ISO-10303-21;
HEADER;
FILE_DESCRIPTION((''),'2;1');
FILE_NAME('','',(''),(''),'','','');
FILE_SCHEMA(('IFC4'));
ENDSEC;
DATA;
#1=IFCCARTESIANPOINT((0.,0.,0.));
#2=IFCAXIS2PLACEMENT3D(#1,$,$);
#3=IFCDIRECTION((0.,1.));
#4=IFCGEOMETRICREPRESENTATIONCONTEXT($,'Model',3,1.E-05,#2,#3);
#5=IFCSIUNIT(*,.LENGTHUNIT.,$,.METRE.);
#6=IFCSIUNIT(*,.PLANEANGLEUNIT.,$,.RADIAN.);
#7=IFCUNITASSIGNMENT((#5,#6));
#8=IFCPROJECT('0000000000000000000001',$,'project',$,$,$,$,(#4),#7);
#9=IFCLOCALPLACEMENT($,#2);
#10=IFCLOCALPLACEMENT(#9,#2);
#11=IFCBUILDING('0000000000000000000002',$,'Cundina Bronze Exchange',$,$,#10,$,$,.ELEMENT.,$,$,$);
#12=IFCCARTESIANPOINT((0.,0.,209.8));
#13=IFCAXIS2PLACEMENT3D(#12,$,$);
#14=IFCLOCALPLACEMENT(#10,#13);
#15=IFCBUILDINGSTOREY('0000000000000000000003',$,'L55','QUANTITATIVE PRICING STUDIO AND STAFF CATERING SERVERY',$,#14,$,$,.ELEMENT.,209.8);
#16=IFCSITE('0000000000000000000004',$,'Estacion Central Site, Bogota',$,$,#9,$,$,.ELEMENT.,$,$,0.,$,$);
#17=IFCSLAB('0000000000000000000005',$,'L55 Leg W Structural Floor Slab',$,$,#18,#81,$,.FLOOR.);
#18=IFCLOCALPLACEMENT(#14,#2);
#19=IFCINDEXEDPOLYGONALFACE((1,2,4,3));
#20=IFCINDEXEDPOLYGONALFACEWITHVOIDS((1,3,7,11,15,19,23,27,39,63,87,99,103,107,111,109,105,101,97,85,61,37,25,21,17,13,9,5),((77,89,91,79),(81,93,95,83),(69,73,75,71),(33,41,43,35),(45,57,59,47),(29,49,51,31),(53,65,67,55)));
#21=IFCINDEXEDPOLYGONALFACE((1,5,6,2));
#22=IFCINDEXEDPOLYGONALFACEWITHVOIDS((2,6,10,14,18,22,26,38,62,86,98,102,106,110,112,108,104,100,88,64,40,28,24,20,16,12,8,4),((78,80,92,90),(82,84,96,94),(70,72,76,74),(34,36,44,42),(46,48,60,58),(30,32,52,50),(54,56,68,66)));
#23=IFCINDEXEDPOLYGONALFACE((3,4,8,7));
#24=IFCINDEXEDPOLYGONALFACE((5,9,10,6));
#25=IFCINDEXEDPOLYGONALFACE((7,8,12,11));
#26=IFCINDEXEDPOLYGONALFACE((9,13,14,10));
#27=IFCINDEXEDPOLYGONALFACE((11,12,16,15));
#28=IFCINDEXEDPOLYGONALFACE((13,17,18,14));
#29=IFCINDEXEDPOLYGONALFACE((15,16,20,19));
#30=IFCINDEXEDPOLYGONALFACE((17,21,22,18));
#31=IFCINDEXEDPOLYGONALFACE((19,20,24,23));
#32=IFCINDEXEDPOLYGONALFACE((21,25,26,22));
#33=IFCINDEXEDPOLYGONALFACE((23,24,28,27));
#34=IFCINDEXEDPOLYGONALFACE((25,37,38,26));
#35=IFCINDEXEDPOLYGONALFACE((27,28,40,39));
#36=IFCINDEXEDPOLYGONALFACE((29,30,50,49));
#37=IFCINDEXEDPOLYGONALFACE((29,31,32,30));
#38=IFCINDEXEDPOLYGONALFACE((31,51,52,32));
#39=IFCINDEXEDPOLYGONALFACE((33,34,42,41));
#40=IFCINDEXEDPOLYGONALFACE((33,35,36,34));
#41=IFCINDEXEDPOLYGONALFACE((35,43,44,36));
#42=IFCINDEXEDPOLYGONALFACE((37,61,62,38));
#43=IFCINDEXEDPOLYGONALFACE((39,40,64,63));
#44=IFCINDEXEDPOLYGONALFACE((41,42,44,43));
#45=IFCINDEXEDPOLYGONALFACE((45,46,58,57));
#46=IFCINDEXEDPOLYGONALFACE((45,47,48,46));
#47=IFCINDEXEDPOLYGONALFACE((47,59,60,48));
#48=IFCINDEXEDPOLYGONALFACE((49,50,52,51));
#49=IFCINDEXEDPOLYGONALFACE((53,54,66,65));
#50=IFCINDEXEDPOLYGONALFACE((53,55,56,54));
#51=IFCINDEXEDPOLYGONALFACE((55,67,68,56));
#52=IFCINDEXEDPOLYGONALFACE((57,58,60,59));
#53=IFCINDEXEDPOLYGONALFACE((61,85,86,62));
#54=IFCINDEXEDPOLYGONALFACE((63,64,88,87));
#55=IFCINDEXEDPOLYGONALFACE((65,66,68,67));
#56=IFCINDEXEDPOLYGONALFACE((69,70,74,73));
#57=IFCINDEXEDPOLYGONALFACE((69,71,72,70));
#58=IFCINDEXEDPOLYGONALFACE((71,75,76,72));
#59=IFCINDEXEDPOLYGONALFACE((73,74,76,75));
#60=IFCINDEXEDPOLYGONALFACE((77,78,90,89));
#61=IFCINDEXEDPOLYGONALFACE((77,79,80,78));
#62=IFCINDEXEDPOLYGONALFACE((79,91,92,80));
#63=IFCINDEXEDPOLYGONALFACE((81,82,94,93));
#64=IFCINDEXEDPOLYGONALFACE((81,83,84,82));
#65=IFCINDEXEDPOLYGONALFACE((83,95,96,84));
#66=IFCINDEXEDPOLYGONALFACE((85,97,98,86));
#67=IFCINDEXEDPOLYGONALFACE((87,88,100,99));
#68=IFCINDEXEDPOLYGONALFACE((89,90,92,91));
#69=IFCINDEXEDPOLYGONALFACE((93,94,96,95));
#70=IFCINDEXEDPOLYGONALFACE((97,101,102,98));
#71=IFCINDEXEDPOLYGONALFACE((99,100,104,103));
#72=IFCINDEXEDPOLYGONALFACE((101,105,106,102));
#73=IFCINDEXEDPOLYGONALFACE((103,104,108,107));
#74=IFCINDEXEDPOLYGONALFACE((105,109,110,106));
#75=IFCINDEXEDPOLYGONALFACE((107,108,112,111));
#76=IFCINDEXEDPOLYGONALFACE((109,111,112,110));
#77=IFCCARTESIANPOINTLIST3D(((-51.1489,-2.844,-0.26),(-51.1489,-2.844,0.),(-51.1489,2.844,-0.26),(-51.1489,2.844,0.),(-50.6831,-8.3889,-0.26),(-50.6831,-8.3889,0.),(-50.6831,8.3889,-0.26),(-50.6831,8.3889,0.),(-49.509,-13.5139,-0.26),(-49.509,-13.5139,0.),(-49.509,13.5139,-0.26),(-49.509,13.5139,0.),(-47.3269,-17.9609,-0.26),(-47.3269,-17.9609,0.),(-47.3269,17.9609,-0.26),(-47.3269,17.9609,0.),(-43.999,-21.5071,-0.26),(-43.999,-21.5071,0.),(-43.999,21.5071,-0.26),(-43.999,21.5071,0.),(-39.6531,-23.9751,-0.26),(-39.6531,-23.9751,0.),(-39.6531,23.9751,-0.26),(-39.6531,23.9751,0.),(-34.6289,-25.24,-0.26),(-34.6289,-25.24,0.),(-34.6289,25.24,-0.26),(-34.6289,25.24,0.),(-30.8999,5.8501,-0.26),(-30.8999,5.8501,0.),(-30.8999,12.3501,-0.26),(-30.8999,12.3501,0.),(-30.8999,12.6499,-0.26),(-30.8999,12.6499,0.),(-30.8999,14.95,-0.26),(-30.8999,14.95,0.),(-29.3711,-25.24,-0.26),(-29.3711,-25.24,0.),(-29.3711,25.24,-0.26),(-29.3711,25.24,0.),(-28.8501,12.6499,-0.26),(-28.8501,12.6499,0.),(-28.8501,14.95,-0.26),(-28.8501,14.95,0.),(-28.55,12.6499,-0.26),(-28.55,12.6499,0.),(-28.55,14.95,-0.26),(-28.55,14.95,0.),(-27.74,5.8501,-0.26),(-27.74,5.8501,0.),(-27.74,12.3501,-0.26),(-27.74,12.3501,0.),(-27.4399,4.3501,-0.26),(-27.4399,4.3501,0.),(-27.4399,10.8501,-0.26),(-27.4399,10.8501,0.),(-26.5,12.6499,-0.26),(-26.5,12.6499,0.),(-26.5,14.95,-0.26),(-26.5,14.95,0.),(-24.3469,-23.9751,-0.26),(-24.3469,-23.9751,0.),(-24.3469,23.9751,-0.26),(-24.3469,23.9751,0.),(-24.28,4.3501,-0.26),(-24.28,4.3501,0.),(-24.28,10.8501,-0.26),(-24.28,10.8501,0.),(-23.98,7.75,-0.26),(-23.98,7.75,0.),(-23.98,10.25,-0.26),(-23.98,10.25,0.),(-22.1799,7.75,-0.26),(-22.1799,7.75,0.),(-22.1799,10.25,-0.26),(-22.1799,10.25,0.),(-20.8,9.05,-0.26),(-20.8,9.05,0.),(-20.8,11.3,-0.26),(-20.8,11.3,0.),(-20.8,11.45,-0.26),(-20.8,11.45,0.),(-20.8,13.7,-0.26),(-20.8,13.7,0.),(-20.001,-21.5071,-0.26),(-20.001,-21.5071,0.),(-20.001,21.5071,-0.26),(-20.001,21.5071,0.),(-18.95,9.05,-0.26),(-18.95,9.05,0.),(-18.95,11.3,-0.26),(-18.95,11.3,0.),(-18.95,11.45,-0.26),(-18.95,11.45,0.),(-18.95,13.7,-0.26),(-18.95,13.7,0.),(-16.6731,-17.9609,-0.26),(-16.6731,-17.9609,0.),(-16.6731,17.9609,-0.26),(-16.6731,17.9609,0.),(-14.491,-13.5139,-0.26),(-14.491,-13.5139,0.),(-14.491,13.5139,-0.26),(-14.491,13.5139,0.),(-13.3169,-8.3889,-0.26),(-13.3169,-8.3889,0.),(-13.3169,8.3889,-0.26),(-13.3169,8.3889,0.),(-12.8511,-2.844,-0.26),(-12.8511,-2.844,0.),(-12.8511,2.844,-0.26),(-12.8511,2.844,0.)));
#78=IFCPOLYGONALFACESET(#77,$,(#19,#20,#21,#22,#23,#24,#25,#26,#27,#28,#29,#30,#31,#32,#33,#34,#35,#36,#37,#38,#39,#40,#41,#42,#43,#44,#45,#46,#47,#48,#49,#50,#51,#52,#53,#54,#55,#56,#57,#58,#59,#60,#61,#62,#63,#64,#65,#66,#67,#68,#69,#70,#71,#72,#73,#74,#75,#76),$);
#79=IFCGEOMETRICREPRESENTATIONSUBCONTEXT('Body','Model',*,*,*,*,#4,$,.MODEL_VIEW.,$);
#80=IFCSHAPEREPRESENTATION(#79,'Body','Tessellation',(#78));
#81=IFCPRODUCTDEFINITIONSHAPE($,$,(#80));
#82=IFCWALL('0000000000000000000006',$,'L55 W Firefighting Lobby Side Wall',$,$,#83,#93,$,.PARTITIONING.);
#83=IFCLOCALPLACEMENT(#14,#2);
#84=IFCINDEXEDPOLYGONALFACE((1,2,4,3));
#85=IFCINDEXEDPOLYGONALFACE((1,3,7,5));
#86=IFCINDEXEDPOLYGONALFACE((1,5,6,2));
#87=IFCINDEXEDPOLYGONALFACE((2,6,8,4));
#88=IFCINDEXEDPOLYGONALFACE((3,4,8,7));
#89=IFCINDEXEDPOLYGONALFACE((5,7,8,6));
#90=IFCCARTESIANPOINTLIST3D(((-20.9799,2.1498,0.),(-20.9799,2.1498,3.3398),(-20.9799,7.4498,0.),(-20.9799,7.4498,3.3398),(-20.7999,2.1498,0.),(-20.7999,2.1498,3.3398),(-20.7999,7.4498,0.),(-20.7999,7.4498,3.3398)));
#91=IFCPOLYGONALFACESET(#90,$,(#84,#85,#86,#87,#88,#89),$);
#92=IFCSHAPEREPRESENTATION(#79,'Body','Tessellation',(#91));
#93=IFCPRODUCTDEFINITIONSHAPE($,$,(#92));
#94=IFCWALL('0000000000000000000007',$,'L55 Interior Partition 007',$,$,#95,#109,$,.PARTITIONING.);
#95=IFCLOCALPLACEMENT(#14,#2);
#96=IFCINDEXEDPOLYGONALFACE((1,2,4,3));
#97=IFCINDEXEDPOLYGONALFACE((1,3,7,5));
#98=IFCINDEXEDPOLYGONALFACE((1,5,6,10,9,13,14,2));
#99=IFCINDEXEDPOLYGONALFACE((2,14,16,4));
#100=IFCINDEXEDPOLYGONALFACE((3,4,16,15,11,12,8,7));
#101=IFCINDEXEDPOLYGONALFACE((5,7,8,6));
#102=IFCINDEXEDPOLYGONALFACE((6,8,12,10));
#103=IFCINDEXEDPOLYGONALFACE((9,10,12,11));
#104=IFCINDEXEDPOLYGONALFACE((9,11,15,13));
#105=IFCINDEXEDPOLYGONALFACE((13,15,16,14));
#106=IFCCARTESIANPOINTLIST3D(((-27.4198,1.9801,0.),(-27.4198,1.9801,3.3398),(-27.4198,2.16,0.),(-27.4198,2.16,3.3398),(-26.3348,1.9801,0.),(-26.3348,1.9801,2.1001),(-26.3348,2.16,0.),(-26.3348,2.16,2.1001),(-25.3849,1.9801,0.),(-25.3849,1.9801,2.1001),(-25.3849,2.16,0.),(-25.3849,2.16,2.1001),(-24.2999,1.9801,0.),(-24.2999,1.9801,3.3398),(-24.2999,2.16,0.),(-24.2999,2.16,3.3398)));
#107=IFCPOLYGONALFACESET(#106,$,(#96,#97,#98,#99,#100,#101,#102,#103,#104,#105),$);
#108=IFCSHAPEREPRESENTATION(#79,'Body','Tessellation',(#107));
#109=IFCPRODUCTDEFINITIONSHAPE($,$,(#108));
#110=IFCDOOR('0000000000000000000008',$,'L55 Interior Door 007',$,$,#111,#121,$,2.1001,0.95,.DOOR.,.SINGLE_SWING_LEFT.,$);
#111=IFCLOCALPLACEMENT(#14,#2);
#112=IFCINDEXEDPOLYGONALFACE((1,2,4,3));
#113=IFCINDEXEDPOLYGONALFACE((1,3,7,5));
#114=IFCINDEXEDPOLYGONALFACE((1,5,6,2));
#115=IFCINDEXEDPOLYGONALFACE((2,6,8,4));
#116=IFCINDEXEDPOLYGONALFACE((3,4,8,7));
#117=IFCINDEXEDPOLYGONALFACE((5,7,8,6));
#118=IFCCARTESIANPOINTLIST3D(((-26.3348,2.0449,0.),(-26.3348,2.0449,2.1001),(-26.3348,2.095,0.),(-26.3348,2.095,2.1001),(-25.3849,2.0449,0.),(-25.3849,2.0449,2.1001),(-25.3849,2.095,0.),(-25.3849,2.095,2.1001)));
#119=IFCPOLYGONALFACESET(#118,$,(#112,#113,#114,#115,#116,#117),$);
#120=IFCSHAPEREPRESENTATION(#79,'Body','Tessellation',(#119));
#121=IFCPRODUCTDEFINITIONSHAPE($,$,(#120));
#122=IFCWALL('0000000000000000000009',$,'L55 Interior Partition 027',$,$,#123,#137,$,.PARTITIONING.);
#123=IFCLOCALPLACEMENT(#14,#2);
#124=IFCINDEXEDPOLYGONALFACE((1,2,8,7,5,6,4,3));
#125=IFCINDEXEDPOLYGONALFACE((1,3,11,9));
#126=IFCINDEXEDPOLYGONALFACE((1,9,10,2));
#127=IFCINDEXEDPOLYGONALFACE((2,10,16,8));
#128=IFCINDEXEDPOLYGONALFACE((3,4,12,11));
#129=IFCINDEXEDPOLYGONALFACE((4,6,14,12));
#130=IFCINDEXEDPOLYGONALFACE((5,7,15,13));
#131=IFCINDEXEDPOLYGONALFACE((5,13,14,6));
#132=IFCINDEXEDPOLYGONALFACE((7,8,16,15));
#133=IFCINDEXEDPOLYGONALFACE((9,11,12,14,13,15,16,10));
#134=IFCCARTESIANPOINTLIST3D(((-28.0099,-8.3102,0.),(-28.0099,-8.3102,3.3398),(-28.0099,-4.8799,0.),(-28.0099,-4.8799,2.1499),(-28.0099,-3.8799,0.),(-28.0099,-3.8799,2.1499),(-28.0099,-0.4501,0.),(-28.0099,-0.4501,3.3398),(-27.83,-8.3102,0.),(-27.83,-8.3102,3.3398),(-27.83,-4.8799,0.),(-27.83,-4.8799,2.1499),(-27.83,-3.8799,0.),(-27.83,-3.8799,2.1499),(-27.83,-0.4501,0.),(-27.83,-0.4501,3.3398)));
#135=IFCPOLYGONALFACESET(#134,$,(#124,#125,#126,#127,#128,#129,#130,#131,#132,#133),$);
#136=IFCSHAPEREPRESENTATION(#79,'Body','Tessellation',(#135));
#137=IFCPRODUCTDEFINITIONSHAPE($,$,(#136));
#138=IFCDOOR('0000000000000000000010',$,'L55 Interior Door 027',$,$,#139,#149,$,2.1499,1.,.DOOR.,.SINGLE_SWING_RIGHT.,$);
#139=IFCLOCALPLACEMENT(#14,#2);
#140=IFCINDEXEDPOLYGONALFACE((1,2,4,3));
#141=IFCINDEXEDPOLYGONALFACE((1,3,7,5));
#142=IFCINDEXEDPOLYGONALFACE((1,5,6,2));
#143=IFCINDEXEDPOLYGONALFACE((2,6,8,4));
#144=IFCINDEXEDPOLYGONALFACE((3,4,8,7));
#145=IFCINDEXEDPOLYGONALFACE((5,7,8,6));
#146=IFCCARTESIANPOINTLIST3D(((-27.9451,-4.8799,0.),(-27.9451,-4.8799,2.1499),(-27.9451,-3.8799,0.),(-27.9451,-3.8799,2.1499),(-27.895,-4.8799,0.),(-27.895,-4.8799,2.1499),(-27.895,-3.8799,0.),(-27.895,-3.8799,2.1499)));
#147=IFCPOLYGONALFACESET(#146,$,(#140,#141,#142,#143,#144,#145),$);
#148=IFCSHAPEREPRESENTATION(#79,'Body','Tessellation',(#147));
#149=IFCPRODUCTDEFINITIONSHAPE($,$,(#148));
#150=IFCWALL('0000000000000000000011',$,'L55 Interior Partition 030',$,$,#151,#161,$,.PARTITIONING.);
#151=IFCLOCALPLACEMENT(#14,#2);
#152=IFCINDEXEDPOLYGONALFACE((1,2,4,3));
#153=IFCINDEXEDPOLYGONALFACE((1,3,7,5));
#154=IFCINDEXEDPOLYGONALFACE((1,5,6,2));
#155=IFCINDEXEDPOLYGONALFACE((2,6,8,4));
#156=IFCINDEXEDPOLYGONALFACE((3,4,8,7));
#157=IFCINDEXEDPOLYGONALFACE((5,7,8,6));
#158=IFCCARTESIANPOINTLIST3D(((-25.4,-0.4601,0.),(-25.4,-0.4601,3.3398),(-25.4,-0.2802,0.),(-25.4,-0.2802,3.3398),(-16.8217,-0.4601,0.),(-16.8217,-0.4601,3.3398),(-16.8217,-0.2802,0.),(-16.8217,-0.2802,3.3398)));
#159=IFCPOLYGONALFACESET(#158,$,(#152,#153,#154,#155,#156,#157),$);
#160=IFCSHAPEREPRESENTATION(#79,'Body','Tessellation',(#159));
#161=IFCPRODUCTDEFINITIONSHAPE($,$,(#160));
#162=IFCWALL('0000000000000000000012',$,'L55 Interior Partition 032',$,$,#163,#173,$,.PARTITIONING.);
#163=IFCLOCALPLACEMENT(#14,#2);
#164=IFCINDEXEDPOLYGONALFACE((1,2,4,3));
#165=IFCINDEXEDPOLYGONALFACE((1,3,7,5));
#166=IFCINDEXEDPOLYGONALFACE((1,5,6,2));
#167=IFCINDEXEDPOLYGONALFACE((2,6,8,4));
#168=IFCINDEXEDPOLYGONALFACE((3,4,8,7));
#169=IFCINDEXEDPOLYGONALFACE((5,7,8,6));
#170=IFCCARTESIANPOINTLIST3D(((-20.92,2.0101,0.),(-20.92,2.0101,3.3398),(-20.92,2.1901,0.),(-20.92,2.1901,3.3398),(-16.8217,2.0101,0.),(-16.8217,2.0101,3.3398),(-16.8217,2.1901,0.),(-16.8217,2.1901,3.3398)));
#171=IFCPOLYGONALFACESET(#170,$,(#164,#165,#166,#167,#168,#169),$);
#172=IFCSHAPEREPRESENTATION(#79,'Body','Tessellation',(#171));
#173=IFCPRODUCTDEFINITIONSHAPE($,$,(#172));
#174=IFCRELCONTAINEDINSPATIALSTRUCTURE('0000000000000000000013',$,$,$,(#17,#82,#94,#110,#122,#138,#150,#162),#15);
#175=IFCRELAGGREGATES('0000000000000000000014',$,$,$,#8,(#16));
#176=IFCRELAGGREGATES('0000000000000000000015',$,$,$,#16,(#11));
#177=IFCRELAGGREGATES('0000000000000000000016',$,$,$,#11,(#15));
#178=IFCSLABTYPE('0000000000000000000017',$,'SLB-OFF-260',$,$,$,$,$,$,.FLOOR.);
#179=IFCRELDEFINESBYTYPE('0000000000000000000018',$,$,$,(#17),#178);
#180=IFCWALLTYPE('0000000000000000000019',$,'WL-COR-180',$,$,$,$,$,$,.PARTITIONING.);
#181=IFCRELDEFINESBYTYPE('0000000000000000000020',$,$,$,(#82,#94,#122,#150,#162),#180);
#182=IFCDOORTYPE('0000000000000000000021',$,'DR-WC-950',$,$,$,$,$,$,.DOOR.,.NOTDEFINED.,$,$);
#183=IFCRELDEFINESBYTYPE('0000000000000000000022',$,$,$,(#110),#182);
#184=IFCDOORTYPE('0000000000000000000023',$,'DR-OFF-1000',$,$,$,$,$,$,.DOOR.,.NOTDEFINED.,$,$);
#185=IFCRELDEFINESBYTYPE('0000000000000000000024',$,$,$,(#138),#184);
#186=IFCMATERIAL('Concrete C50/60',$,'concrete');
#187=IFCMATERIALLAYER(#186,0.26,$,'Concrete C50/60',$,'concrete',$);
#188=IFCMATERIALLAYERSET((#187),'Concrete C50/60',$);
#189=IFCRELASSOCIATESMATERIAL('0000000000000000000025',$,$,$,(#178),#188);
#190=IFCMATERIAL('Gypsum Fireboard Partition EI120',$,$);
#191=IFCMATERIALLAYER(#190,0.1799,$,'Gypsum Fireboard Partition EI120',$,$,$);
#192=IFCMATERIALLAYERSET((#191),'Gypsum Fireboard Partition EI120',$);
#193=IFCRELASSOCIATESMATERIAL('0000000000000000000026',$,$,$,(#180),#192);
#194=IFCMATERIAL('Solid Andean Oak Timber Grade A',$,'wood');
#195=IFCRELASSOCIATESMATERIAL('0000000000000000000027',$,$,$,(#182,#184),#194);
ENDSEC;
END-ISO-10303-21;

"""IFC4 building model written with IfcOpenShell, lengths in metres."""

from ifc_helpers import new_model, si_unit, direction, frame, frame_2d, origin, place, context, subcontext, project, spatial, polyline, rectangle, outline, extrude, material, layer, layer_set, type_object, element, fill, save


model = new_model("IFC4")

# Units and contexts
model_context = context("Model", 3, precision=1e-05, world=origin(), true_north=direction((0.0, 1.0)))
body_context = subcontext(model_context, "Body", "Model", "MODEL_VIEW")
ifc_project = project(units=[si_unit("LENGTHUNIT", "METRE"), si_unit("PLANEANGLEUNIT", "RADIAN")], contexts=[model_context])

# Site, building, storey
site_placement = place(None, origin())
site = spatial("IfcSite", under=ifc_project, at=site_placement, Name="Estacion Central Site, Bogota", CompositionType="ELEMENT", RefElevation=0.0)
building_placement = place(site_placement, origin())
building = spatial("IfcBuilding", under=site, at=building_placement, Name="Cundina Bronze Exchange", CompositionType="ELEMENT")
storey_placement = place(building_placement, frame((0.0, 0.0, 209.8)))
storey = spatial("IfcBuildingStorey", under=building, at=storey_placement, Name="L55", Description="QUANTITATIVE PRICING STUDIO AND STAFF CATERING SERVERY", CompositionType="ELEMENT", Elevation=209.8)

# Shared definitions
ifc_material_1 = material(Name="Concrete C50/60", Category="concrete")

# Slab
ifc_layer_1 = layer(ifc_material_1, 0.26, Name="Concrete C50/60", Category="concrete")
ifc_layer_set_1 = layer_set([ifc_layer_1], Name="Concrete C50/60")
slab_type = type_object("IfcSlabType", Name="SLB-OFF-260", PredefinedType="FLOOR", material=ifc_layer_set_1)
slab_placement = place(storey_placement, frame((0.0, 0.0, -0.26)))
element("IfcSlab", 1, at=slab_placement, inside=storey, type_object=slab_type, Name="L55 Leg W Structural Floor Slab", PredefinedType="FLOOR", context=body_context, shape_type="SweptSolid", body=[
    extrude(outline(polyline([(-12.8511, 2.844), (-13.3169, 8.3889), (-14.491, 13.5139), (-16.6731, 17.9609), (-20.001, 21.5071), (-24.3469, 23.9751), (-29.3711, 25.24), (-34.6289, 25.24), (-39.6531, 23.9751), (-43.999, 21.5071), (-47.3269, 17.9609), (-49.509, 13.5139), (-50.6831, 8.3889), (-51.1489, 2.844), (-51.1489, -2.844), (-50.6831, -8.3889), (-49.509, -13.5139), (-47.3269, -17.9609), (-43.999, -21.5071), (-39.6531, -23.9751), (-34.6289, -25.24), (-29.3711, -25.24), (-24.3469, -23.9751), (-20.001, -21.5071), (-16.6731, -17.9609), (-14.491, -13.5139), (-13.3169, -8.3889), (-12.8511, -2.844), (-12.8511, 2.844)]), holes=[polyline([(-27.74, 5.8501), (-27.74, 12.3501), (-30.8999, 12.3501), (-30.8999, 5.8501), (-27.74, 5.8501)]), polyline([(-27.4399, 10.8501), (-27.4399, 4.3501), (-24.28, 4.3501), (-24.28, 10.8501), (-27.4399, 10.8501)]), polyline([(-23.98, 10.25), (-22.1799, 10.25), (-22.1799, 7.75), (-23.98, 7.75), (-23.98, 10.25)]), polyline([(-30.8999, 14.95), (-28.8501, 14.95), (-28.8501, 12.6499), (-30.8999, 12.6499), (-30.8999, 14.95)]), polyline([(-28.55, 14.95), (-26.5, 14.95), (-26.5, 12.6499), (-28.55, 12.6499), (-28.55, 14.95)]), polyline([(-20.8, 13.7), (-18.95, 13.7), (-18.95, 11.45), (-20.8, 11.45), (-20.8, 13.7)]), polyline([(-20.8, 11.3), (-18.95, 11.3), (-18.95, 9.05), (-20.8, 9.05), (-20.8, 11.3)])]), origin(), (0.0, 0.0, 1.0), 0.26),
])

# Wall
ifc_material_2 = material(Name="Gypsum Fireboard Partition EI120")
ifc_layer_2 = layer(ifc_material_2, 0.1799, Name="Gypsum Fireboard Partition EI120")
ifc_layer_set_2 = layer_set([ifc_layer_2], Name="Gypsum Fireboard Partition EI120")
wall_type_1 = type_object("IfcWallType", Name="WL-COR-180", PredefinedType="PARTITIONING", material=ifc_layer_set_2)
wall_1_placement = place(storey_placement, frame((-20.8899, 2.1499, 0.0), z_axis=(0.0, 0.0, 1.0), x_axis=(0.0, 1.0, 0.0)))
element("IfcWall", 2, at=wall_1_placement, inside=storey, type_object=wall_type_1, Name="L55 W Firefighting Lobby Side Wall", PredefinedType="PARTITIONING", context=body_context, shape_type="SweptSolid", body=[
    extrude(rectangle(XDim=5.3, YDim=0.1799, at=frame_2d((2.6499, 0.0))), origin(), (0.0, 0.0, 1.0), 3.3398),
])

# Walls, openings, doors
wall_2_placement = place(storey_placement, frame((-27.4199, 2.0701, 0.0), z_axis=(0.0, 0.0, 1.0), x_axis=(1.0, 0.0, 0.0)))
wall_2 = element("IfcWall", 3, at=wall_2_placement, inside=storey, type_object=wall_type_1, Name="L55 Interior Partition 007", PredefinedType="PARTITIONING", context=body_context, shape_type="SweptSolid", body=[
    extrude(rectangle(XDim=3.1199, YDim=0.1799, at=frame_2d((1.5601, 0.0))), origin(), (0.0, 0.0, 1.0), 3.3398),
])
opening_1_placement = place(wall_2_placement, frame((1.085, 0.0, 0.0)))
opening_1 = element("IfcOpeningElement", 4, at=opening_1_placement, cuts=wall_2, PredefinedType="OPENING", context=body_context, shape_type="SweptSolid", body=[
    extrude(rectangle(XDim=0.95, YDim=2.1001, at=frame_2d((0.4751, 1.05))), frame((0.0, 0.0999, 0.0), z_axis=(0.0, -1.0, 0.0), x_axis=(1.0, 0.0, 0.0)), (0.0, 0.0, 1.0), 0.2),
])
ifc_material_3 = material(Name="Solid Andean Oak Timber Grade A", Category="wood")
door_type_1 = type_object("IfcDoorType", Name="DR-WC-950", OperationType="NOTDEFINED", PredefinedType="DOOR", material=ifc_material_3)
door_1_placement = place(opening_1_placement, origin())
door_1 = element("IfcDoor", 5, at=door_1_placement, inside=storey, type_object=door_type_1, Name="L55 Interior Door 007", OperationType="SINGLE_SWING_LEFT", OverallHeight=2.1001, OverallWidth=0.95, PredefinedType="DOOR", context=body_context, shape_type="SweptSolid", body=[
    extrude(rectangle(XDim=0.95, YDim=2.1001, at=frame_2d((0.4751, 1.05))), frame((0.0, 0.0249, 0.0), z_axis=(0.0, -1.0, 0.0), x_axis=(1.0, 0.0, 0.0)), (0.0, 0.0, 1.0), 0.05),
])
fill(opening_1, door_1)
wall_3_placement = place(storey_placement, frame((-27.9199, -0.45, 0.0), z_axis=(0.0, 0.0, 1.0), x_axis=(0.0, -1.0, 0.0)))
wall_3 = element("IfcWall", 6, at=wall_3_placement, inside=storey, type_object=wall_type_1, Name="L55 Interior Partition 027", PredefinedType="PARTITIONING", context=body_context, shape_type="SweptSolid", body=[
    extrude(rectangle(XDim=7.8601, YDim=0.1799, at=frame_2d((3.9302, 0.0))), origin(), (0.0, 0.0, 1.0), 3.3398),
])
opening_2_placement = place(wall_3_placement, frame((3.4299, 0.0, 0.0)))
opening_2 = element("IfcOpeningElement", 7, at=opening_2_placement, cuts=wall_3, PredefinedType="OPENING", context=body_context, shape_type="SweptSolid", body=[
    extrude(rectangle(XDim=1.0, YDim=2.1499, at=frame_2d((0.5, 1.075))), frame((0.0, 0.0999, 0.0), z_axis=(0.0, -1.0, 0.0), x_axis=(1.0, 0.0, 0.0)), (0.0, 0.0, 1.0), 0.2),
])
door_type_2 = type_object("IfcDoorType", Name="DR-OFF-1000", OperationType="NOTDEFINED", PredefinedType="DOOR", material=ifc_material_3)
door_2_placement = place(opening_2_placement, origin())
door_2 = element("IfcDoor", 8, at=door_2_placement, inside=storey, type_object=door_type_2, Name="L55 Interior Door 027", OperationType="SINGLE_SWING_RIGHT", OverallHeight=2.1499, OverallWidth=1.0, PredefinedType="DOOR", context=body_context, shape_type="SweptSolid", body=[
    extrude(rectangle(XDim=1.0, YDim=2.1499, at=frame_2d((0.5, 1.075))), frame((0.0, 0.0249, 0.0), z_axis=(0.0, -1.0, 0.0), x_axis=(1.0, 0.0, 0.0)), (0.0, 0.0, 1.0), 0.05),
])
fill(opening_2, door_2)

# Walls
wall_4_placement = place(storey_placement, frame((-25.3999, -0.3701, 0.0), z_axis=(0.0, 0.0, 1.0), x_axis=(1.0, 0.0, 0.0)))
element("IfcWall", 9, at=wall_4_placement, inside=storey, type_object=wall_type_1, Name="L55 Interior Partition 030", PredefinedType="PARTITIONING", context=body_context, shape_type="SweptSolid", body=[
    extrude(rectangle(XDim=8.5784, YDim=0.1799, at=frame_2d((4.2891, 0.0))), origin(), (0.0, 0.0, 1.0), 3.3398),
])
wall_5_placement = place(storey_placement, frame((-16.8215, 2.1001, 0.0), z_axis=(0.0, 0.0, 1.0), x_axis=(-1.0, 0.0, 0.0)))
element("IfcWall", 10, at=wall_5_placement, inside=storey, type_object=wall_type_1, Name="L55 Interior Partition 032", PredefinedType="PARTITIONING", context=body_context, shape_type="SweptSolid", body=[
    extrude(rectangle(XDim=4.0984, YDim=0.1799, at=frame_2d((2.0493, 0.0))), origin(), (0.0, 0.0, 1.0), 3.3398),
])

save(model, "model.ifc")
